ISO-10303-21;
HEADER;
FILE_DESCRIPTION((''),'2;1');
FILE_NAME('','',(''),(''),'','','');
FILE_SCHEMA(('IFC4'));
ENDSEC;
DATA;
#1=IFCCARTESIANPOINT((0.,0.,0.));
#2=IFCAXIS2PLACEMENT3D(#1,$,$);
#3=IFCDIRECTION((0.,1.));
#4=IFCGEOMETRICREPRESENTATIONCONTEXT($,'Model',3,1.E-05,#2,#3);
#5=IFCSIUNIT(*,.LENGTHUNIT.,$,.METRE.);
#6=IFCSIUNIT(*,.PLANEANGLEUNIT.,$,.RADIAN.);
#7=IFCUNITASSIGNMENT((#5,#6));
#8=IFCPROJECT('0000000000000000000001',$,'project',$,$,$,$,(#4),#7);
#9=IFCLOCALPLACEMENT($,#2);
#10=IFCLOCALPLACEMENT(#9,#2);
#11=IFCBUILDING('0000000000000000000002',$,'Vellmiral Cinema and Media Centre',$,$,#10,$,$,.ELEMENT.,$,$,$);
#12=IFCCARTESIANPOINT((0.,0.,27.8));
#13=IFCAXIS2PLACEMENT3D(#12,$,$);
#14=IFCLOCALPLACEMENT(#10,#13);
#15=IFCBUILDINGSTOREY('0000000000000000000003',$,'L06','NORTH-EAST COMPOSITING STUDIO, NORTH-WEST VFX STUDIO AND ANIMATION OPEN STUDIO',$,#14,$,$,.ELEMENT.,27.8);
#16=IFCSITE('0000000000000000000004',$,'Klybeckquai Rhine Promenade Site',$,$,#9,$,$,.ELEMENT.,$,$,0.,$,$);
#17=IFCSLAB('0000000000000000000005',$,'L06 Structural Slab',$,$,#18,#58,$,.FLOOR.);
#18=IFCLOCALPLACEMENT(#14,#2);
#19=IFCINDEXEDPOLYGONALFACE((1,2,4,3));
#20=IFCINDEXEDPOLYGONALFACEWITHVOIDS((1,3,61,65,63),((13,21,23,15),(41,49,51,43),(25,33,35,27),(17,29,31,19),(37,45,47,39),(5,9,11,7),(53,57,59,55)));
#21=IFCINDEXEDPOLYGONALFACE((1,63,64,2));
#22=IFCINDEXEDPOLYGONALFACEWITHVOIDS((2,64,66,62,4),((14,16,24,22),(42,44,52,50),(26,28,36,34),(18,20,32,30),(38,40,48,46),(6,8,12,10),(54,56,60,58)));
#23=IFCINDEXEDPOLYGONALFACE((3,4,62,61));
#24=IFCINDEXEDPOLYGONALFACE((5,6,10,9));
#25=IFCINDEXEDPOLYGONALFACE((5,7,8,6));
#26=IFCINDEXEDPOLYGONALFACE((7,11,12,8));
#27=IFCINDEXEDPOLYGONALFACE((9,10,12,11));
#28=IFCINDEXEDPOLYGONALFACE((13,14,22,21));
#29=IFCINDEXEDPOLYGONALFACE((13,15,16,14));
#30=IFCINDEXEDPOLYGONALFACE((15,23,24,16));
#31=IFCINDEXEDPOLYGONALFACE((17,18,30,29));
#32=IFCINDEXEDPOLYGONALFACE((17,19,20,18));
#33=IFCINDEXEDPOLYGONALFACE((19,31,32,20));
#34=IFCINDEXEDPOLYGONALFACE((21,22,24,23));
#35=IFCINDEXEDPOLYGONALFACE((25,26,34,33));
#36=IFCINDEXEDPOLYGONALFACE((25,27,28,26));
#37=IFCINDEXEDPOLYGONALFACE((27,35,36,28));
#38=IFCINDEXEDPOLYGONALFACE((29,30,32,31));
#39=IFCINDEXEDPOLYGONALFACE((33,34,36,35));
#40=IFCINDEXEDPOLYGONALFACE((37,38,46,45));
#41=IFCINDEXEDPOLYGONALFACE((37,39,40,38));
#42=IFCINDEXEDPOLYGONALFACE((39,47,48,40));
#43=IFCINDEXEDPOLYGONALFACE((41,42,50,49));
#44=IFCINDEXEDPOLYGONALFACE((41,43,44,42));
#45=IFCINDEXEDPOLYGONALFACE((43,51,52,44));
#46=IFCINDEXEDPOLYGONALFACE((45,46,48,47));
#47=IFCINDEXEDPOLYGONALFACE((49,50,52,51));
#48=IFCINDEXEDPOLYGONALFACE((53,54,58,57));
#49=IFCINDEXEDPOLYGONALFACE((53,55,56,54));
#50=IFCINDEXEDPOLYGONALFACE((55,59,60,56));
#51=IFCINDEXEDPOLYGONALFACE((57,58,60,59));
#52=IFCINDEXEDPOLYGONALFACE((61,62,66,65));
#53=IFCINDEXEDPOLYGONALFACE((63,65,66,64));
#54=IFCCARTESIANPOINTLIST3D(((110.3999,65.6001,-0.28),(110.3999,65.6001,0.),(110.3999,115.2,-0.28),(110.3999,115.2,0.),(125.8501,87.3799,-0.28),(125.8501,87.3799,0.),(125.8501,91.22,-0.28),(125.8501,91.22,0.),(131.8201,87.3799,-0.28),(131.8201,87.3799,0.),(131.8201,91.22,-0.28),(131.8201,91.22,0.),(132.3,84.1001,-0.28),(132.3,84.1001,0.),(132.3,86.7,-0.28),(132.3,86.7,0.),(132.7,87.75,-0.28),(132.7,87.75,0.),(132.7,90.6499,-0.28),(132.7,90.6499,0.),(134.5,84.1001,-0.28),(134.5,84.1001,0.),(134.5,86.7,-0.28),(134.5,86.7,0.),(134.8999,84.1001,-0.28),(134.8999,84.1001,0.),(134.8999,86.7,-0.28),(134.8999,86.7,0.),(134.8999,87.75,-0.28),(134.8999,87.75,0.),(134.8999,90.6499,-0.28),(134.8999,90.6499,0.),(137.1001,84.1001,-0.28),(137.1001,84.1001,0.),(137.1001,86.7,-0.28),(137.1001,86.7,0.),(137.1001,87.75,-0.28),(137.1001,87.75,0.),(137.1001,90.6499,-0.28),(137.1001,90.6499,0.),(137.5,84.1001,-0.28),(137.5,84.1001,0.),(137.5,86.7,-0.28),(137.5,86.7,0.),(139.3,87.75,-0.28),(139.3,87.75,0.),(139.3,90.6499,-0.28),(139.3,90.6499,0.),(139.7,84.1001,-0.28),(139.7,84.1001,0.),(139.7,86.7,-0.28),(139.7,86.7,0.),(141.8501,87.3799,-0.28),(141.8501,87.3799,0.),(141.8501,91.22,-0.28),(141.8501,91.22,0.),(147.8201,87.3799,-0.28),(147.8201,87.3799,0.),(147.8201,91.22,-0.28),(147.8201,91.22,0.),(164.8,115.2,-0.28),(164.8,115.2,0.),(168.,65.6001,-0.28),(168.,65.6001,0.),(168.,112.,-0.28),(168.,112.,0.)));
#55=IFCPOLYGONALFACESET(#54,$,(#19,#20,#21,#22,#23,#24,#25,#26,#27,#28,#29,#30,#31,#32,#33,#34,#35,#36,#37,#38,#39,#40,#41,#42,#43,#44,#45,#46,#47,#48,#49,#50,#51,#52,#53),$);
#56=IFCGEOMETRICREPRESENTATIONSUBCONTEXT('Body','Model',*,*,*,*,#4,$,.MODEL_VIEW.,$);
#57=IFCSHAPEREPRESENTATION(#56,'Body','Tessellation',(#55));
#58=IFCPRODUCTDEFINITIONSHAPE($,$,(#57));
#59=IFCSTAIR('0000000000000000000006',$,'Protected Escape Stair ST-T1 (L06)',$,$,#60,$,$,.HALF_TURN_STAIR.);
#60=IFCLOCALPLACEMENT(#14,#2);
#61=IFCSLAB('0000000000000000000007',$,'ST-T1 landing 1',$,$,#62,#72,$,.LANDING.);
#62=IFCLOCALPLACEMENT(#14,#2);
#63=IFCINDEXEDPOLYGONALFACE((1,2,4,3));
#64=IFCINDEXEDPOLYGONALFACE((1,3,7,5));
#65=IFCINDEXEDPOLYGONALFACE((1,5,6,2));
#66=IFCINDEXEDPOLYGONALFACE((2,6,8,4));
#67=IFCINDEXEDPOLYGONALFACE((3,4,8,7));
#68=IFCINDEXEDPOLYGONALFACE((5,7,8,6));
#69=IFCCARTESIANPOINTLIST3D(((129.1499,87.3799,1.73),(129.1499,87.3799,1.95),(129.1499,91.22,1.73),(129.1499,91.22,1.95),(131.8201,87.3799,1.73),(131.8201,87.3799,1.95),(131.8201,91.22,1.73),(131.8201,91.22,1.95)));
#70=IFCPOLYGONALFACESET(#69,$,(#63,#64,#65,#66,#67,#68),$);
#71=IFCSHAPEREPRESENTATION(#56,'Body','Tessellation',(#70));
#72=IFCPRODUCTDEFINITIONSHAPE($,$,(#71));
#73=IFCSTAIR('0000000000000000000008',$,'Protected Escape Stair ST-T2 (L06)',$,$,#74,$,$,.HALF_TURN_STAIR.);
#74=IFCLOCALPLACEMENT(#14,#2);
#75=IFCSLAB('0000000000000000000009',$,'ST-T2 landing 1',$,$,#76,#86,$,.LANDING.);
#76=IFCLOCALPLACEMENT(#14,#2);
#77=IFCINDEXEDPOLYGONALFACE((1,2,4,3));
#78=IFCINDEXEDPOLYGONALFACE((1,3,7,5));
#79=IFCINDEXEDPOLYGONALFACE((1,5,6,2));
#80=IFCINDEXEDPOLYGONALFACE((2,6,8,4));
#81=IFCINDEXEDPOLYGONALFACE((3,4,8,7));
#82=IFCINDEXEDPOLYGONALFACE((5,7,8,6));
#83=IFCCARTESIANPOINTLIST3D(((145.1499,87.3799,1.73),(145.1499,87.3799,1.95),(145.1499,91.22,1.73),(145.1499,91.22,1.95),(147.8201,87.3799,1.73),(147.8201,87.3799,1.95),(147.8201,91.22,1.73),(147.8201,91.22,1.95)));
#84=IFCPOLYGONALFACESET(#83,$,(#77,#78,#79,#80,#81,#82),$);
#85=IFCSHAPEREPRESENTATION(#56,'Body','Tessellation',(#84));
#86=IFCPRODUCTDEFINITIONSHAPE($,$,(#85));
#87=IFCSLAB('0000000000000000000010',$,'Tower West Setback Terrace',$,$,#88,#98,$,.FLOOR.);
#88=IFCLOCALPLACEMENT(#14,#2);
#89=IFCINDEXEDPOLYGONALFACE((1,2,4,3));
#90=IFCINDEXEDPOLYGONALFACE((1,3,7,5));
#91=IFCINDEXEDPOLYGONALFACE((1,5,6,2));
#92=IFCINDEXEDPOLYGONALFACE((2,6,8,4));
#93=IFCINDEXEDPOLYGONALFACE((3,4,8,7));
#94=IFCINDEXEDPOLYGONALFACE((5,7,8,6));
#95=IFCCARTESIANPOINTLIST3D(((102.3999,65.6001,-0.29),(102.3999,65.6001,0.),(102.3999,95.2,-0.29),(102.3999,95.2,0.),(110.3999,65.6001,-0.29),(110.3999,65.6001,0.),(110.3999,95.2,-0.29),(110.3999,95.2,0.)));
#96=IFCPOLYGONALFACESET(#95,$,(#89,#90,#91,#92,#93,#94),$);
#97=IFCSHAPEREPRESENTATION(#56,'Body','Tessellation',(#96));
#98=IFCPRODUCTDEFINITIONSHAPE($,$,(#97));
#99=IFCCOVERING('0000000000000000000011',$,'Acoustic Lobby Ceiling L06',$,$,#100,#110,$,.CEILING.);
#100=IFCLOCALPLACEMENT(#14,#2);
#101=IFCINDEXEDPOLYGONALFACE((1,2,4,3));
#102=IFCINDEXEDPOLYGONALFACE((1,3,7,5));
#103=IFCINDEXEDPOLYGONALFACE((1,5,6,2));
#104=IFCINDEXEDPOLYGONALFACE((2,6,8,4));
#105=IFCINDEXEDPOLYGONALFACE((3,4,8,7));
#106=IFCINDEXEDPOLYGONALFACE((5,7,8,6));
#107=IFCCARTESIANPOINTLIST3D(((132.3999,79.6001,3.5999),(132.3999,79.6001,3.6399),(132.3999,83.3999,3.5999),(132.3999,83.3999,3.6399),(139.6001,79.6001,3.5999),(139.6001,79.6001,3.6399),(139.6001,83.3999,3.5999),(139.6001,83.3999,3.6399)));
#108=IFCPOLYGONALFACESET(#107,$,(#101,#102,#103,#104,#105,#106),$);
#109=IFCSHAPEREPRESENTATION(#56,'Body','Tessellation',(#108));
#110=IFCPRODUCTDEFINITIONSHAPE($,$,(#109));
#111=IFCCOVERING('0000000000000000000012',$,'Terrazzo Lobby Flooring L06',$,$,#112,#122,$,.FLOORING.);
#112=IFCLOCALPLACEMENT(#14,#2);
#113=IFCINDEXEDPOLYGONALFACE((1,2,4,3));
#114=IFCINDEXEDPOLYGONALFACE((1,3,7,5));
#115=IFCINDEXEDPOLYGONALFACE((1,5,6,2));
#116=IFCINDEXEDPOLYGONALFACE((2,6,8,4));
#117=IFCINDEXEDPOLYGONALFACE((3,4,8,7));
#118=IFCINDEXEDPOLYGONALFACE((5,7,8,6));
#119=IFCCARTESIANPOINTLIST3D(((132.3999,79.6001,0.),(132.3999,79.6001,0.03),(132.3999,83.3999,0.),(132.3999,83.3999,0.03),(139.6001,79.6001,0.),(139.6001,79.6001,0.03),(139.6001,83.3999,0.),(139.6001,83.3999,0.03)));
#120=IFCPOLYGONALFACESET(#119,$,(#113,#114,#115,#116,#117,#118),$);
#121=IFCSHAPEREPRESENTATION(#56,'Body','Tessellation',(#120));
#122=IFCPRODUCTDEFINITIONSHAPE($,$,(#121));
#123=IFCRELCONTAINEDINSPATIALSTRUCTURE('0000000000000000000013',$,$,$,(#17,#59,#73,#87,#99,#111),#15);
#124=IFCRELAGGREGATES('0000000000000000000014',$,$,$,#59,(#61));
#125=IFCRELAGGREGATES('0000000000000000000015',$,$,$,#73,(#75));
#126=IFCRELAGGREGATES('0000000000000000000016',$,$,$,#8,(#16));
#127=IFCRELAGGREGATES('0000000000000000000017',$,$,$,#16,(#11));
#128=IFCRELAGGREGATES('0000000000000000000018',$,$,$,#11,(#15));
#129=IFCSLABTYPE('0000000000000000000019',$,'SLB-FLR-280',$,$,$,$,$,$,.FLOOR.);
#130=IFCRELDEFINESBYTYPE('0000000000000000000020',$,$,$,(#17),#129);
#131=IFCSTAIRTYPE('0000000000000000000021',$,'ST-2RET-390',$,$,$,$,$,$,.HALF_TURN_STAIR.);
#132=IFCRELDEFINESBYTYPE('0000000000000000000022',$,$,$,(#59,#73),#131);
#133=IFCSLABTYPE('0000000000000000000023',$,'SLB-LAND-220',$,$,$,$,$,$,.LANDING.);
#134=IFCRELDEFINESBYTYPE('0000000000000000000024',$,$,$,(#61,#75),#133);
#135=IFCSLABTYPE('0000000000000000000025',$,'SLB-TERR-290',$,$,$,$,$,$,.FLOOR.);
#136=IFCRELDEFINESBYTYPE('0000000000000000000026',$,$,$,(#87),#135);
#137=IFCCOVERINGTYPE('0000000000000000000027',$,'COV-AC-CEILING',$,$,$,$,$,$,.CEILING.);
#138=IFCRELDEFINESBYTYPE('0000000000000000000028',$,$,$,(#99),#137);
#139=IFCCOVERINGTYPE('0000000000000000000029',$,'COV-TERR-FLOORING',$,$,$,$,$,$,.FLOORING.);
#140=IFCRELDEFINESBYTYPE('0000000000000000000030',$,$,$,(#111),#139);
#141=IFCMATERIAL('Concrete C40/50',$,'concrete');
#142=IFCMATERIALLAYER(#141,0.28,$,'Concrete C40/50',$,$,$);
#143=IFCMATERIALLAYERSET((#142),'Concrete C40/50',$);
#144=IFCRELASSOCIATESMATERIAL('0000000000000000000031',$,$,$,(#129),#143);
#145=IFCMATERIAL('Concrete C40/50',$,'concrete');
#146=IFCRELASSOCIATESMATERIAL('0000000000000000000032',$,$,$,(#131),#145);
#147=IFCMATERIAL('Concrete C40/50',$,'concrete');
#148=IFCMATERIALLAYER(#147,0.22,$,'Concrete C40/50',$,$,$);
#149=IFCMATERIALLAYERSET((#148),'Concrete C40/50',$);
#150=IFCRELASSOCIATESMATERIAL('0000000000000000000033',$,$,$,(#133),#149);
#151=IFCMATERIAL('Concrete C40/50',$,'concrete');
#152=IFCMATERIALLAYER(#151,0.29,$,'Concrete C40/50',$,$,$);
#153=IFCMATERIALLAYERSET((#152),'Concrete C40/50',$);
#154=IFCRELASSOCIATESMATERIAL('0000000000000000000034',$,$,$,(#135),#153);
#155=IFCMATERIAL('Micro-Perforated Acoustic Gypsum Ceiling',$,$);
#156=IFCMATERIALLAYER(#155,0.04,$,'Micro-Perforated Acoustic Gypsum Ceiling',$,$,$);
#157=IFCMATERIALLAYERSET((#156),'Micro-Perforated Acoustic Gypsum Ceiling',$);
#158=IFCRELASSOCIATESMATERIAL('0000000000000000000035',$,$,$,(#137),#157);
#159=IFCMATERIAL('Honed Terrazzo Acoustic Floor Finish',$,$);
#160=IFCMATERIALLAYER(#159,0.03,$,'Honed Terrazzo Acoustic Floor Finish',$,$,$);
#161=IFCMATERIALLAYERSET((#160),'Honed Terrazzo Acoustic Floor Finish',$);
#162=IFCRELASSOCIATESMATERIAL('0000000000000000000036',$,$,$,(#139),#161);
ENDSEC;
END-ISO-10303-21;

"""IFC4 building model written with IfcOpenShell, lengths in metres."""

from ifc_helpers import new_model, si_unit, direction, frame, origin, place, context, subcontext, project, spatial, polyline, outline, extrude, material, layer, layer_set, type_object, element, aggregate, save


model = new_model("IFC4")

# Units and contexts
model_context = context("Model", 3, precision=1e-05, world=origin(), true_north=direction((0.0, 1.0)))
body_context = subcontext(model_context, "Body", "Model", "MODEL_VIEW")
ifc_project = project(units=[si_unit("LENGTHUNIT", "METRE"), si_unit("PLANEANGLEUNIT", "RADIAN")], contexts=[model_context])

# Site, building, storey
site_placement = place(None, origin())
site = spatial("IfcSite", under=ifc_project, at=site_placement, Name="Klybeckquai Rhine Promenade Site", CompositionType="ELEMENT", RefElevation=0.0)
building_placement = place(site_placement, origin())
building = spatial("IfcBuilding", under=site, at=building_placement, Name="Vellmiral Cinema and Media Centre", CompositionType="ELEMENT")
storey_placement = place(building_placement, frame((0.0, 0.0, 27.8)))
storey = spatial("IfcBuildingStorey", under=building, at=storey_placement, Name="L06", Description="NORTH-EAST COMPOSITING STUDIO, NORTH-WEST VFX STUDIO AND ANIMATION OPEN STUDIO", CompositionType="ELEMENT", Elevation=27.8)

# Slab
ifc_material_1 = material(Name="Concrete C40/50", Category="concrete")
ifc_layer_1 = layer(ifc_material_1, 0.28, Name="Concrete C40/50")
ifc_layer_set_1 = layer_set([ifc_layer_1], Name="Concrete C40/50")
slab_type_1 = type_object("IfcSlabType", Name="SLB-FLR-280", PredefinedType="FLOOR", material=ifc_layer_set_1)
slab_1_placement = place(storey_placement, frame((0.0, 0.0, -0.28)))
element("IfcSlab", 1, at=slab_1_placement, inside=storey, type_object=slab_type_1, Name="L06 Structural Slab", PredefinedType="FLOOR", context=body_context, shape_type="SweptSolid", body=[
    extrude(outline(polyline([(110.3999, 65.6001), (168.0, 65.6001), (168.0, 112.0), (164.8, 115.2), (110.3999, 115.2), (110.3999, 65.6001)]), holes=[polyline([(125.8501, 87.3799), (131.8201, 87.3799), (131.8201, 91.22), (125.8501, 91.22), (125.8501, 87.3799)]), polyline([(141.8501, 87.3799), (147.8201, 87.3799), (147.8201, 91.22), (141.8501, 91.22), (141.8501, 87.3799)]), polyline([(132.7, 87.75), (134.8999, 87.75), (134.8999, 90.6499), (132.7, 90.6499), (132.7, 87.75)]), polyline([(137.1001, 87.75), (139.3, 87.75), (139.3, 90.6499), (137.1001, 90.6499), (137.1001, 87.75)]), polyline([(132.3, 84.1001), (134.5, 84.1001), (134.5, 86.7), (132.3, 86.7), (132.3, 84.1001)]), polyline([(134.8999, 84.1001), (137.1001, 84.1001), (137.1001, 86.7), (134.8999, 86.7), (134.8999, 84.1001)]), polyline([(137.5, 84.1001), (139.7, 84.1001), (139.7, 86.7), (137.5, 86.7), (137.5, 84.1001)])]), origin(), (0.0, 0.0, 1.0), 0.28),
])

# Stairs, slabs
ifc_material_2 = material(Name="Concrete C40/50", Category="concrete")
stair_type = type_object("IfcStairType", Name="ST-2RET-390", PredefinedType="HALF_TURN_STAIR", material=ifc_material_2)
stair_1_placement = place(storey_placement, origin())
stair_1 = element("IfcStair", 2, at=stair_1_placement, inside=storey, type_object=stair_type, Name="Protected Escape Stair ST-T1 (L06)", PredefinedType="HALF_TURN_STAIR")
ifc_material_3 = material(Name="Concrete C40/50", Category="concrete")
ifc_layer_2 = layer(ifc_material_3, 0.22, Name="Concrete C40/50")
ifc_layer_set_2 = layer_set([ifc_layer_2], Name="Concrete C40/50")
slab_type_2 = type_object("IfcSlabType", Name="SLB-LAND-220", PredefinedType="LANDING", material=ifc_layer_set_2)
slab_2_placement = place(storey_placement, frame((0.0, 0.0, 1.73)))
slab_2 = element("IfcSlab", 3, at=slab_2_placement, type_object=slab_type_2, Name="ST-T1 landing 1", PredefinedType="LANDING", context=body_context, shape_type="SweptSolid", body=[
    extrude(outline(polyline([(129.1499, 87.3799), (131.8201, 87.3799), (131.8201, 91.22), (129.1499, 91.22), (129.1499, 87.3799)])), origin(), (0.0, 0.0, 1.0), 0.22),
])
aggregate(stair_1, [slab_2])
stair_2_placement = place(storey_placement, origin())
stair_2 = element("IfcStair", 4, at=stair_2_placement, inside=storey, type_object=stair_type, Name="Protected Escape Stair ST-T2 (L06)", PredefinedType="HALF_TURN_STAIR")
slab_3_placement = place(storey_placement, frame((0.0, 0.0, 1.73)))
slab_3 = element("IfcSlab", 5, at=slab_3_placement, type_object=slab_type_2, Name="ST-T2 landing 1", PredefinedType="LANDING", context=body_context, shape_type="SweptSolid", body=[
    extrude(outline(polyline([(145.1499, 87.3799), (147.8201, 87.3799), (147.8201, 91.22), (145.1499, 91.22), (145.1499, 87.3799)])), origin(), (0.0, 0.0, 1.0), 0.22),
])
aggregate(stair_2, [slab_3])

# Slab
ifc_material_4 = material(Name="Concrete C40/50", Category="concrete")
ifc_layer_3 = layer(ifc_material_4, 0.29, Name="Concrete C40/50")
ifc_layer_set_3 = layer_set([ifc_layer_3], Name="Concrete C40/50")
slab_type_3 = type_object("IfcSlabType", Name="SLB-TERR-290", PredefinedType="FLOOR", material=ifc_layer_set_3)
slab_4_placement = place(storey_placement, frame((0.0, 0.0, -0.29)))
element("IfcSlab", 6, at=slab_4_placement, inside=storey, type_object=slab_type_3, Name="Tower West Setback Terrace", PredefinedType="FLOOR", context=body_context, shape_type="SweptSolid", body=[
    extrude(outline(polyline([(102.3999, 65.6001), (110.3999, 65.6001), (110.3999, 95.2), (102.3999, 95.2), (102.3999, 65.6001)])), origin(), (0.0, 0.0, 1.0), 0.29),
])

# Coverings
ifc_material_5 = material(Name="Micro-Perforated Acoustic Gypsum Ceiling")
ifc_layer_4 = layer(ifc_material_5, 0.04, Name="Micro-Perforated Acoustic Gypsum Ceiling")
ifc_layer_set_4 = layer_set([ifc_layer_4], Name="Micro-Perforated Acoustic Gypsum Ceiling")
covering_type_1 = type_object("IfcCoveringType", Name="COV-AC-CEILING", PredefinedType="CEILING", material=ifc_layer_set_4)
covering_1_placement = place(storey_placement, frame((0.0, 0.0, 3.5999)))
element("IfcCovering", 7, at=covering_1_placement, inside=storey, type_object=covering_type_1, Name="Acoustic Lobby Ceiling L06", PredefinedType="CEILING", context=body_context, shape_type="SweptSolid", body=[
    extrude(outline(polyline([(132.3999, 79.6001), (139.6001, 79.6001), (139.6001, 83.3999), (132.3999, 83.3999), (132.3999, 79.6001)])), origin(), (0.0, 0.0, 1.0), 0.04),
])
ifc_material_6 = material(Name="Honed Terrazzo Acoustic Floor Finish")
ifc_layer_5 = layer(ifc_material_6, 0.03, Name="Honed Terrazzo Acoustic Floor Finish")
ifc_layer_set_5 = layer_set([ifc_layer_5], Name="Honed Terrazzo Acoustic Floor Finish")
covering_type_2 = type_object("IfcCoveringType", Name="COV-TERR-FLOORING", PredefinedType="FLOORING", material=ifc_layer_set_5)
covering_2_placement = place(storey_placement, origin())
element("IfcCovering", 8, at=covering_2_placement, inside=storey, type_object=covering_type_2, Name="Terrazzo Lobby Flooring L06", PredefinedType="FLOORING", context=body_context, shape_type="SweptSolid", body=[
    extrude(outline(polyline([(132.3999, 79.6001), (139.6001, 79.6001), (139.6001, 83.3999), (132.3999, 83.3999), (132.3999, 79.6001)])), origin(), (0.0, 0.0, 1.0), 0.03),
])

save(model, "model.ifc")
